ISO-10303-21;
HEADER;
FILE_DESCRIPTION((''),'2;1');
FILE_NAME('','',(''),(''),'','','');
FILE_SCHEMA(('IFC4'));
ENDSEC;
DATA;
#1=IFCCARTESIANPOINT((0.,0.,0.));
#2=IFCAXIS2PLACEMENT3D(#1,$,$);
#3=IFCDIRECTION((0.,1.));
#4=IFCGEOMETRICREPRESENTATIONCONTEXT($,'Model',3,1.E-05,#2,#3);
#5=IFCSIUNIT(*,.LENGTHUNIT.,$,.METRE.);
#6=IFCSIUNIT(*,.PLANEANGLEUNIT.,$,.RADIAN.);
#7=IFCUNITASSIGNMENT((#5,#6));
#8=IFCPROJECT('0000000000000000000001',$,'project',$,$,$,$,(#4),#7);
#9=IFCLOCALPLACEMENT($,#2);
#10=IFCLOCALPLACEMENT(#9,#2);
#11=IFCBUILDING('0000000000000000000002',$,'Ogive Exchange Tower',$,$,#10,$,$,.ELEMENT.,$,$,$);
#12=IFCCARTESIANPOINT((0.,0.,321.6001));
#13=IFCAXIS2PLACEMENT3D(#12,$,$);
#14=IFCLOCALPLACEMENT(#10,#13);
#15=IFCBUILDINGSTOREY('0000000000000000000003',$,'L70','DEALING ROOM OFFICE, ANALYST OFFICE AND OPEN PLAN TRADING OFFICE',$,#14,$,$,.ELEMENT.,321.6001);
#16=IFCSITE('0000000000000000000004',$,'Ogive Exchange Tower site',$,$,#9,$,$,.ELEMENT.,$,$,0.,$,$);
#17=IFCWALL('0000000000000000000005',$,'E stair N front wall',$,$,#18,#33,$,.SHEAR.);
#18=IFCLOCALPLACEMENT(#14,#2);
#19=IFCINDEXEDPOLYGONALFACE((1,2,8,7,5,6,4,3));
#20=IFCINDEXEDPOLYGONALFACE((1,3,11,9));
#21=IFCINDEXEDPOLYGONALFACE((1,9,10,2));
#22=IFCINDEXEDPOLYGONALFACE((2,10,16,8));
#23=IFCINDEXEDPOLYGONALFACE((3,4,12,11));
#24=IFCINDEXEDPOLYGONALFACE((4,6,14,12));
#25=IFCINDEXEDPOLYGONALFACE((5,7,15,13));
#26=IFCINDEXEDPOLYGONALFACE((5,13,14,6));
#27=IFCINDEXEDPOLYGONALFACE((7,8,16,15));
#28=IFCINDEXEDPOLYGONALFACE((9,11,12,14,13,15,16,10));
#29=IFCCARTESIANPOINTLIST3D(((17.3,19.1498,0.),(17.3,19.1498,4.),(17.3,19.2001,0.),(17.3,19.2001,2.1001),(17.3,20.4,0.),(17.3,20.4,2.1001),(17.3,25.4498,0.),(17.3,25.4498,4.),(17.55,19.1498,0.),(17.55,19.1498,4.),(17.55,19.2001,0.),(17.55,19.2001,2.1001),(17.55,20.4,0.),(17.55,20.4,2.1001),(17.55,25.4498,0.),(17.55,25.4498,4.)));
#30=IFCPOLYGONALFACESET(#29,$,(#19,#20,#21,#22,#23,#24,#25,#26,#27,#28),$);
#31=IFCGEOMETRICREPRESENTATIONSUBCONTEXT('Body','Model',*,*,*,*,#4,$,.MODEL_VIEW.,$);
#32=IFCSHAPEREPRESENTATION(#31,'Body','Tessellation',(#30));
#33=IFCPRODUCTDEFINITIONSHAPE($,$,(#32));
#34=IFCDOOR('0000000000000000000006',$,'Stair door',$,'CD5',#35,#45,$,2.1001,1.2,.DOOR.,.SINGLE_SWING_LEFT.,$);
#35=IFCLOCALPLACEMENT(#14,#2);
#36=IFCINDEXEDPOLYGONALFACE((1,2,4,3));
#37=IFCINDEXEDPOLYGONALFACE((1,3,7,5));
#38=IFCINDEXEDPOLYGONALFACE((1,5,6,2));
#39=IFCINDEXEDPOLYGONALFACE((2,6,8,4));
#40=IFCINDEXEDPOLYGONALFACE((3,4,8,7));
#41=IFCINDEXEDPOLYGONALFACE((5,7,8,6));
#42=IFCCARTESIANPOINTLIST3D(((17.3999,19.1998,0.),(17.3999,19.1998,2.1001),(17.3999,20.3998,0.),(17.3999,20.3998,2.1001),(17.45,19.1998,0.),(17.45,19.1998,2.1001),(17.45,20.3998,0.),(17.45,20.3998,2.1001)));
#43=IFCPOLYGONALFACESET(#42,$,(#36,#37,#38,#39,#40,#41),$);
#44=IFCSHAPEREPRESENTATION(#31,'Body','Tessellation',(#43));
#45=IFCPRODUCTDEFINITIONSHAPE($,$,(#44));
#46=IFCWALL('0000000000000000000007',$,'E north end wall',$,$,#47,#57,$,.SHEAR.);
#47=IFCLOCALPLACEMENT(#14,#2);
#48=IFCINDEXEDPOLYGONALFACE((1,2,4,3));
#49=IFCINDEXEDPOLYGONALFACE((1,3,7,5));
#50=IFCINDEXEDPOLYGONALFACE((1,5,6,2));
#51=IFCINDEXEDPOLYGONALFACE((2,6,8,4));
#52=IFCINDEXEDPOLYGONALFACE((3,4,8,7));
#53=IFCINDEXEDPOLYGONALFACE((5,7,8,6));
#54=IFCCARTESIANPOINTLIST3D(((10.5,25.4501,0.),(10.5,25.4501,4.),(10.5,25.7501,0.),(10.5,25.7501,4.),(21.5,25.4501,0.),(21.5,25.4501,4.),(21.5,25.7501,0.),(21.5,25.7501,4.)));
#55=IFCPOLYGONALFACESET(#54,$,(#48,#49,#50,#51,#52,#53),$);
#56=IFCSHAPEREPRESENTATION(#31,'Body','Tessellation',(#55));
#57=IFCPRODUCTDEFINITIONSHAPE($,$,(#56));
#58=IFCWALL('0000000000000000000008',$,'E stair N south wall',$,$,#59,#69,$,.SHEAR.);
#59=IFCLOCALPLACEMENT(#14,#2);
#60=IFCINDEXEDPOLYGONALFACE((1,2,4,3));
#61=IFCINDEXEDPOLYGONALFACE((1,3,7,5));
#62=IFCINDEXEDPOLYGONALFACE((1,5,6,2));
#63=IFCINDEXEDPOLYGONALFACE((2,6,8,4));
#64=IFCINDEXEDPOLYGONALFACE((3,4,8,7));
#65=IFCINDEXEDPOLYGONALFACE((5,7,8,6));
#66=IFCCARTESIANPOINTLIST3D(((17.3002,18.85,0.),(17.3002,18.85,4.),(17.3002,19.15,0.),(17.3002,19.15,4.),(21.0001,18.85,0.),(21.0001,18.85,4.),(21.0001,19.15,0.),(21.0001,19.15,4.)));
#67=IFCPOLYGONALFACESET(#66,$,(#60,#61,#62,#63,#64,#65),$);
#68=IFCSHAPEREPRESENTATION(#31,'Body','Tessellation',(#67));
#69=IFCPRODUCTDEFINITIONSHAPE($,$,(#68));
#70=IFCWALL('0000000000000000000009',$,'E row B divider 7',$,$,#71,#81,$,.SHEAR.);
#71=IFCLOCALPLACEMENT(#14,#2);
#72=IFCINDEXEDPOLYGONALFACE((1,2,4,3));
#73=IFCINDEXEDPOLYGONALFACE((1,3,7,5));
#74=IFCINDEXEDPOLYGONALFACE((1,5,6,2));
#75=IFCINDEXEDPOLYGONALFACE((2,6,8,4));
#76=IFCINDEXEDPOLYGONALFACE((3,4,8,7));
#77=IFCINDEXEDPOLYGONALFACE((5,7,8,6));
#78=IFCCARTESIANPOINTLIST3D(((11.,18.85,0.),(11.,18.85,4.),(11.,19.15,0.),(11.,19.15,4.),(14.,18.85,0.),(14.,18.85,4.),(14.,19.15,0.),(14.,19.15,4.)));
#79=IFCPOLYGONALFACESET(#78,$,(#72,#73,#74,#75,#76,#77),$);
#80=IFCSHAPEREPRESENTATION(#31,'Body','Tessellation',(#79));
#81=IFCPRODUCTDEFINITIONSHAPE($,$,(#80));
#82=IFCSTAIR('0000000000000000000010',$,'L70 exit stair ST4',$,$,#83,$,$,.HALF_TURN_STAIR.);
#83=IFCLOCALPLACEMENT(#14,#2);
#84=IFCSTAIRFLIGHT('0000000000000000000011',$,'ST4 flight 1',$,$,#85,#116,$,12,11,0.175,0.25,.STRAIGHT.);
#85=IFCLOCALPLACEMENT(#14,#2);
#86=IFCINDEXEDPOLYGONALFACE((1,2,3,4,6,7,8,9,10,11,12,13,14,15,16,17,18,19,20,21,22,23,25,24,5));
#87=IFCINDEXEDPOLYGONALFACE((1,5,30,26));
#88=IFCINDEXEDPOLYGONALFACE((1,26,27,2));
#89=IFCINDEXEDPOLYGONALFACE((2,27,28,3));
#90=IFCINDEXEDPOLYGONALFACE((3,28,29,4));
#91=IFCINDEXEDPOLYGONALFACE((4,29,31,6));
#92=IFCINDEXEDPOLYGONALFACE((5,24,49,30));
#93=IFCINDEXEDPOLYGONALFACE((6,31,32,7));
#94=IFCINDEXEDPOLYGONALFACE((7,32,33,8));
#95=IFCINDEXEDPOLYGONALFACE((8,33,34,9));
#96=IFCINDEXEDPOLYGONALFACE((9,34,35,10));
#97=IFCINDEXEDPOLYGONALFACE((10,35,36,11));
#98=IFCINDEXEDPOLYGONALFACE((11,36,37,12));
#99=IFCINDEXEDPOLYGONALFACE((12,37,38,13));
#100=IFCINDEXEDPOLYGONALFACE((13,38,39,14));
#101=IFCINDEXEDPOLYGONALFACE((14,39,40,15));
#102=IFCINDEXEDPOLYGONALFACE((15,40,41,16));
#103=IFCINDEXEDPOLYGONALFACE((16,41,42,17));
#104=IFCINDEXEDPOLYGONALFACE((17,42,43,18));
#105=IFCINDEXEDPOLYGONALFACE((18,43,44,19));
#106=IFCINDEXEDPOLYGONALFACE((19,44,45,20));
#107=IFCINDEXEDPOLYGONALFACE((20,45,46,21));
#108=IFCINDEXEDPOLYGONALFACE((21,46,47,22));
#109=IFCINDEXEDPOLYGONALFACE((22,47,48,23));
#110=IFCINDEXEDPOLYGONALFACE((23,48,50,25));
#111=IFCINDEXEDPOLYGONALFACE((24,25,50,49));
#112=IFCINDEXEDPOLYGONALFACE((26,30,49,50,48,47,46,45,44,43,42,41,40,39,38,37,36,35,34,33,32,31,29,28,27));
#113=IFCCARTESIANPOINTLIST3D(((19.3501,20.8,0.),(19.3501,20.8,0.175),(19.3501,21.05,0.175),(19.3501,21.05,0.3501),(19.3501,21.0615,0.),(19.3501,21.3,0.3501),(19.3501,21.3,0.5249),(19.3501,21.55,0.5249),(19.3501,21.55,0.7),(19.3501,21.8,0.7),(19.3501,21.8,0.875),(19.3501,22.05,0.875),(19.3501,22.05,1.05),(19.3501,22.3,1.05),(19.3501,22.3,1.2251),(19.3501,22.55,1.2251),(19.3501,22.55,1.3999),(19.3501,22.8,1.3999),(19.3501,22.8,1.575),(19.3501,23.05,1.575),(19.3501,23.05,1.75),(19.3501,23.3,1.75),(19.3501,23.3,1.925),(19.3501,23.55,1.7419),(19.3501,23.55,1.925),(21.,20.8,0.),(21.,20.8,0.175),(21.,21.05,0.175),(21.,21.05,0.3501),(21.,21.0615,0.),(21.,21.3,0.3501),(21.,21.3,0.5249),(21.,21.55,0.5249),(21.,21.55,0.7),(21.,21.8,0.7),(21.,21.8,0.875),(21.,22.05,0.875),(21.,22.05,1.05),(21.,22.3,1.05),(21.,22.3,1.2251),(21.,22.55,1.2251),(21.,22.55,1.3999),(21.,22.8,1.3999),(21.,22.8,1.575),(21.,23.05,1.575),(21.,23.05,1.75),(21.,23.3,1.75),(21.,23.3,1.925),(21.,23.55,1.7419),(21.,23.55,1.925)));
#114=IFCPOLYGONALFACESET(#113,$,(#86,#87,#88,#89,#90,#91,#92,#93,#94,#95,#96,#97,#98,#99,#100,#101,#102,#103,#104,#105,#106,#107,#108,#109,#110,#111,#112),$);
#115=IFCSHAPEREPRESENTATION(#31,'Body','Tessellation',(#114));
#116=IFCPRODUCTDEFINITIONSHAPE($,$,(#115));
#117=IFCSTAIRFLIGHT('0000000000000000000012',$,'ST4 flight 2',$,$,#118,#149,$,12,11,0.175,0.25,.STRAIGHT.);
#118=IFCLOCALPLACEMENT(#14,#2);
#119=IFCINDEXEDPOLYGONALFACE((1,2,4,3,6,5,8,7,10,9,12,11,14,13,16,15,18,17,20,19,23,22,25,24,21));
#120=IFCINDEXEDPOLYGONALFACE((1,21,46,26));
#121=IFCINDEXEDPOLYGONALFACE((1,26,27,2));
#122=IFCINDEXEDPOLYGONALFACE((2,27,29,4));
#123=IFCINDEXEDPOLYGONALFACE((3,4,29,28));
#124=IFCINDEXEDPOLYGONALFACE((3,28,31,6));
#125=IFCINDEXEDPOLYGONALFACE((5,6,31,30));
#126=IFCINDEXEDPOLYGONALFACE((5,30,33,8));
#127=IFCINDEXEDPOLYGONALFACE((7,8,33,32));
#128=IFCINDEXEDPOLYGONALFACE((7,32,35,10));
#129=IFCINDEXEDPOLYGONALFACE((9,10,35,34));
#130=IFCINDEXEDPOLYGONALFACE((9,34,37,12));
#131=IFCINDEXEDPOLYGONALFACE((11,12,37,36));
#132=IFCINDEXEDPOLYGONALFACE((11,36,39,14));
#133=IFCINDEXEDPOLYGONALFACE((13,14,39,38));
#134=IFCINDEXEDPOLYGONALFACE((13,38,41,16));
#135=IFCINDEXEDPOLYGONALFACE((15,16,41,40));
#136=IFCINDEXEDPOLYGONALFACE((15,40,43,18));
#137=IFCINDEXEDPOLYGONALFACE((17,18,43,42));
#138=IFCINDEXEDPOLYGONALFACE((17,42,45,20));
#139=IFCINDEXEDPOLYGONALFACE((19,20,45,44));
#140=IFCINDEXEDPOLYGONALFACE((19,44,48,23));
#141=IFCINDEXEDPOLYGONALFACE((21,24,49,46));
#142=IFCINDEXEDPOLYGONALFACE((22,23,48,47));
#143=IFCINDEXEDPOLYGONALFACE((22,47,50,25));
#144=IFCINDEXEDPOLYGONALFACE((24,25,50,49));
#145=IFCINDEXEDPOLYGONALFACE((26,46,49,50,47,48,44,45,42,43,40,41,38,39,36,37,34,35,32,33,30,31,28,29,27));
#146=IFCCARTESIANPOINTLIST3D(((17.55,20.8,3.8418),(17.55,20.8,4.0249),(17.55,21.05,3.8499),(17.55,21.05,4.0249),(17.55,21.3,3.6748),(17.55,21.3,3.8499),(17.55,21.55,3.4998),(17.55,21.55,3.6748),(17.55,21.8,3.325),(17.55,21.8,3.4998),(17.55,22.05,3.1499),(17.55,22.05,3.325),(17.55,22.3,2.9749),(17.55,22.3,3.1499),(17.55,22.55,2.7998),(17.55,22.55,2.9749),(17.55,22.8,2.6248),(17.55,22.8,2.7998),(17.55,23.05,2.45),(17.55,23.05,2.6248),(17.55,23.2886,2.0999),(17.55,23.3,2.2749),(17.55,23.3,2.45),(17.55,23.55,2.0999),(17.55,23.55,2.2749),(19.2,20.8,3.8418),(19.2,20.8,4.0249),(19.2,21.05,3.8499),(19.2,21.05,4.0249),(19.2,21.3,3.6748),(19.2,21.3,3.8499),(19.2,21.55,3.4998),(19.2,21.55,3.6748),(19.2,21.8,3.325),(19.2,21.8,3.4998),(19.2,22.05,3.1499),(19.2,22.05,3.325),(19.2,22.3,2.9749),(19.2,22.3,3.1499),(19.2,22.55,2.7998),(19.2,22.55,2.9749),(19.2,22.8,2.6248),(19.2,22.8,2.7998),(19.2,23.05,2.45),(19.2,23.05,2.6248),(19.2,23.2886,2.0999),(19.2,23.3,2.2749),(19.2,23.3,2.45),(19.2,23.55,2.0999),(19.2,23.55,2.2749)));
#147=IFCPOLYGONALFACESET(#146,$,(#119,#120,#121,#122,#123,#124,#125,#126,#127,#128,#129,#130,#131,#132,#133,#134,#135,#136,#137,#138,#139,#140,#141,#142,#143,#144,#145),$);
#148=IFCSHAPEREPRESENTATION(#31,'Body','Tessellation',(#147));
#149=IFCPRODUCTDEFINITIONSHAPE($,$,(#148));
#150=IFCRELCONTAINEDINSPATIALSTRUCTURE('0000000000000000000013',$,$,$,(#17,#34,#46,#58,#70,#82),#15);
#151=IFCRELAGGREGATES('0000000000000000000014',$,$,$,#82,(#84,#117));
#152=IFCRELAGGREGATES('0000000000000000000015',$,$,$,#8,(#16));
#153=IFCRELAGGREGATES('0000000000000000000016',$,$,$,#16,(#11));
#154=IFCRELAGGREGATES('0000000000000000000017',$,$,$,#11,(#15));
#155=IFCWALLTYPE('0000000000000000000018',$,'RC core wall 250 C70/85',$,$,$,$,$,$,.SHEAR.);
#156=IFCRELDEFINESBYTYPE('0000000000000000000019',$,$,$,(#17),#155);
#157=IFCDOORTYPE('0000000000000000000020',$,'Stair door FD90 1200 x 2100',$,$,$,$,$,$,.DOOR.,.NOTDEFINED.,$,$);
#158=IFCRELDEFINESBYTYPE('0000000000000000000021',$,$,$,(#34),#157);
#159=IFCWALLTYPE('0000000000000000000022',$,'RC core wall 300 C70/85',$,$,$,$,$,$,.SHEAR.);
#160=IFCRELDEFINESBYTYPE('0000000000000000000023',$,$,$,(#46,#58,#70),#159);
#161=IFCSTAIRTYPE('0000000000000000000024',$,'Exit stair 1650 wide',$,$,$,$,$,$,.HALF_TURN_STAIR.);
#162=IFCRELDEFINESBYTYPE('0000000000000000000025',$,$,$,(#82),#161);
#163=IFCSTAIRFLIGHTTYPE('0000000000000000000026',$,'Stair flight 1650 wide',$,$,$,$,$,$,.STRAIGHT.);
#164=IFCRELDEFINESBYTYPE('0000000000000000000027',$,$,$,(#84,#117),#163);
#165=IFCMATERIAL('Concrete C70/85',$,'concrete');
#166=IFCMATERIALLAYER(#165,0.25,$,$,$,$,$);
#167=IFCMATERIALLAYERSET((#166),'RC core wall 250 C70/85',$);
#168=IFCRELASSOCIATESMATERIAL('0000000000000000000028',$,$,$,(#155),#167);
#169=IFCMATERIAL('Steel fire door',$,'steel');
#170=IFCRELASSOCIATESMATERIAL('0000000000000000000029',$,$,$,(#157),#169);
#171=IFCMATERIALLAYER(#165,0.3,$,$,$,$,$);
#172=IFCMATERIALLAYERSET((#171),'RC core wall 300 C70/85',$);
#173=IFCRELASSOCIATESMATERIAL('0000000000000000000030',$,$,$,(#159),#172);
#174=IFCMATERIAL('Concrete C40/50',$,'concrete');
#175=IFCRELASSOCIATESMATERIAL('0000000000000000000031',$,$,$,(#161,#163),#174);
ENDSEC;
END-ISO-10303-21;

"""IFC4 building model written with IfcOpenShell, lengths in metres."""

from ifc_helpers import new_model, si_unit, direction, frame, frame_2d, origin, place, context, subcontext, project, spatial, polyline, rectangle, outline, extrude, material, layer, layer_set, type_object, element, fill, aggregate, save


model = new_model("IFC4")

# Units and contexts
model_context = context("Model", 3, precision=1e-05, world=origin(), true_north=direction((0.0, 1.0)))
body_context = subcontext(model_context, "Body", "Model", "MODEL_VIEW")
ifc_project = project(units=[si_unit("LENGTHUNIT", "METRE"), si_unit("PLANEANGLEUNIT", "RADIAN")], contexts=[model_context])

# Site, building, storey
site_placement = place(None, origin())
site = spatial("IfcSite", under=ifc_project, at=site_placement, Name="Ogive Exchange Tower site", CompositionType="ELEMENT", RefElevation=0.0)
building_placement = place(site_placement, origin())
building = spatial("IfcBuilding", under=site, at=building_placement, Name="Ogive Exchange Tower", CompositionType="ELEMENT")
storey_placement = place(building_placement, frame((0.0, 0.0, 321.6001)))
storey = spatial("IfcBuildingStorey", under=building, at=storey_placement, Name="L70", Description="DEALING ROOM OFFICE, ANALYST OFFICE AND OPEN PLAN TRADING OFFICE", CompositionType="ELEMENT", Elevation=321.6001)

# Shared definitions
ifc_material_1 = material(Name="Concrete C70/85", Category="concrete")

# Shared definitions
ifc_material_2 = material(Name="Steel fire door", Category="steel")

# Wall, opening, door
ifc_layer_1 = layer(ifc_material_1, 0.25)
ifc_layer_set_1 = layer_set([ifc_layer_1], Name="RC core wall 250 C70/85")
wall_type_1 = type_object("IfcWallType", Name="RC core wall 250 C70/85", PredefinedType="SHEAR", material=ifc_layer_set_1)
wall_1_placement = place(storey_placement, frame((17.425, 19.1499, 0.0), z_axis=(0.0, 0.0, 1.0), x_axis=(0.0, 1.0, 0.0)))
wall_1 = element("IfcWall", 1, at=wall_1_placement, inside=storey, type_object=wall_type_1, Name="E stair N front wall", PredefinedType="SHEAR", context=body_context, shape_type="SweptSolid", body=[
    extrude(rectangle(XDim=6.3, YDim=0.25, at=frame_2d((3.1499, 0.0))), origin(), (0.0, 0.0, 1.0), 4.0),
])
opening_1_placement = place(wall_1_placement, frame((0.05, 0.0, 0.0)))
opening_1 = element("IfcOpeningElement", 2, at=opening_1_placement, cuts=wall_1, PredefinedType="OPENING", context=body_context, shape_type="SweptSolid", body=[
    extrude(rectangle(XDim=1.2, YDim=2.1001, at=frame_2d((0.6001, 1.05))), frame((0.0, 0.135, 0.0), z_axis=(0.0, -1.0, 0.0), x_axis=(1.0, 0.0, 0.0)), (0.0, 0.0, 1.0), 0.27),
])
door_type_1 = type_object("IfcDoorType", Name="Stair door FD90 1200 x 2100", OperationType="NOTDEFINED", PredefinedType="DOOR", material=ifc_material_2)
door_1_placement = place(opening_1_placement, frame((1.2, 0.0, 0.0), z_axis=(0.0, 0.0, 1.0), x_axis=(-1.0, 0.0, 0.0)))
door_1 = element("IfcDoor", 3, at=door_1_placement, inside=storey, type_object=door_type_1, Name="Stair door", ObjectType="CD5", OperationType="SINGLE_SWING_LEFT", OverallHeight=2.1001, OverallWidth=1.2, PredefinedType="DOOR", context=body_context, shape_type="SweptSolid", body=[
    extrude(rectangle(XDim=1.2, YDim=2.1001, at=frame_2d((0.6001, 1.05))), frame((0.0, 0.0249, 0.0), z_axis=(0.0, -1.0, 0.0), x_axis=(1.0, 0.0, 0.0)), (0.0, 0.0, 1.0), 0.05),
])
fill(opening_1, door_1)

# Walls
ifc_layer_2 = layer(ifc_material_1, 0.3)
ifc_layer_set_2 = layer_set([ifc_layer_2], Name="RC core wall 300 C70/85")
wall_type_2 = type_object("IfcWallType", Name="RC core wall 300 C70/85", PredefinedType="SHEAR", material=ifc_layer_set_2)
wall_2_placement = place(storey_placement, frame((10.5, 25.6001, 0.0), z_axis=(0.0, 0.0, 1.0), x_axis=(1.0, 0.0, 0.0)))
element("IfcWall", 4, at=wall_2_placement, inside=storey, type_object=wall_type_2, Name="E north end wall", PredefinedType="SHEAR", context=body_context, shape_type="SweptSolid", body=[
    extrude(rectangle(XDim=11.0, YDim=0.3, at=frame_2d((5.5, 0.0))), origin(), (0.0, 0.0, 1.0), 4.0),
])
wall_3_placement = place(storey_placement, frame((17.3, 19.0, 0.0), z_axis=(0.0, 0.0, 1.0), x_axis=(1.0, 0.0, 0.0)))
element("IfcWall", 5, at=wall_3_placement, inside=storey, type_object=wall_type_2, Name="E stair N south wall", PredefinedType="SHEAR", context=body_context, shape_type="SweptSolid", body=[
    extrude(rectangle(XDim=3.7, YDim=0.3, at=frame_2d((1.8501, 0.0))), origin(), (0.0, 0.0, 1.0), 4.0),
])
wall_4_placement = place(storey_placement, frame((11.0, 19.0, 0.0), z_axis=(0.0, 0.0, 1.0), x_axis=(1.0, 0.0, 0.0)))
element("IfcWall", 6, at=wall_4_placement, inside=storey, type_object=wall_type_2, Name="E row B divider 7", PredefinedType="SHEAR", context=body_context, shape_type="SweptSolid", body=[
    extrude(rectangle(XDim=3.0, YDim=0.3, at=frame_2d((1.5, 0.0))), origin(), (0.0, 0.0, 1.0), 4.0),
])

# Stair, stair flights
ifc_material_3 = material(Name="Concrete C40/50", Category="concrete")
stair_type = type_object("IfcStairType", Name="Exit stair 1650 wide", PredefinedType="HALF_TURN_STAIR", material=ifc_material_3)
stair_placement = place(storey_placement, origin())
stair = element("IfcStair", 7, at=stair_placement, inside=storey, type_object=stair_type, Name="L70 exit stair ST4", PredefinedType="HALF_TURN_STAIR")
stair_flight_type = type_object("IfcStairFlightType", Name="Stair flight 1650 wide", PredefinedType="STRAIGHT", material=ifc_material_3)
stair_flight_1_placement = place(storey_placement, frame((20.175, 20.8, 0.0), z_axis=(0.0, 0.0, 1.0), x_axis=(0.0, 1.0, 0.0)))
stair_flight_1 = element("IfcStairFlight", 8, at=stair_flight_1_placement, type_object=stair_flight_type, Name="ST4 flight 1", NumberOfRisers=12, NumberOfTreads=11, PredefinedType="STRAIGHT", RiserHeight=0.175, TreadLength=0.25, context=body_context, shape_type="SweptSolid", body=[
    extrude(outline(polyline([(0.0, 0.0), (0.0, 0.175), (0.25, 0.175), (0.25, 0.3501), (0.5, 0.3501), (0.5, 0.5249), (0.75, 0.5249), (0.75, 0.7), (1.0, 0.7), (1.0, 0.875), (1.25, 0.875), (1.25, 1.05), (1.5, 1.05), (1.5, 1.2251), (1.75, 1.2251), (1.75, 1.3999), (2.0, 1.3999), (2.0, 1.575), (2.25, 1.575), (2.25, 1.75), (2.5, 1.75), (2.5, 1.925), (2.75, 1.925), (2.75, 2.1001), (2.75, 1.7419), (0.2615, 0.0), (0.0, 0.0)])), frame((0.0, 0.825, 0.0), z_axis=(0.0, -1.0, 0.0), x_axis=(1.0, 0.0, 0.0)), (0.0, 0.0, 1.0), 1.6499),
])
stair_flight_2_placement = place(storey_placement, frame((18.375, 23.55, 2.0999), z_axis=(0.0, 0.0, 1.0), x_axis=(0.0, -1.0, 0.0)))
stair_flight_2 = element("IfcStairFlight", 9, at=stair_flight_2_placement, type_object=stair_flight_type, Name="ST4 flight 2", NumberOfRisers=12, NumberOfTreads=11, PredefinedType="STRAIGHT", RiserHeight=0.175, TreadLength=0.25, context=body_context, shape_type="SweptSolid", body=[
    extrude(outline(polyline([(0.0, 0.0), (0.0, 0.175), (0.25, 0.175), (0.25, 0.3501), (0.5, 0.3501), (0.5, 0.5249), (0.75, 0.5249), (0.75, 0.7), (1.0, 0.7), (1.0, 0.875), (1.25, 0.875), (1.25, 1.05), (1.5, 1.05), (1.5, 1.2251), (1.75, 1.2251), (1.75, 1.3999), (2.0, 1.3999), (2.0, 1.575), (2.25, 1.575), (2.25, 1.75), (2.5, 1.75), (2.5, 1.925), (2.75, 1.925), (2.75, 2.1001), (2.75, 1.7419), (0.2615, 0.0), (0.0, 0.0)])), frame((0.0, 0.825, 0.0), z_axis=(0.0, -1.0, 0.0), x_axis=(1.0, 0.0, 0.0)), (0.0, 0.0, 1.0), 1.6499),
])
aggregate(stair, [stair_flight_1, stair_flight_2])

save(model, "model.ifc")
